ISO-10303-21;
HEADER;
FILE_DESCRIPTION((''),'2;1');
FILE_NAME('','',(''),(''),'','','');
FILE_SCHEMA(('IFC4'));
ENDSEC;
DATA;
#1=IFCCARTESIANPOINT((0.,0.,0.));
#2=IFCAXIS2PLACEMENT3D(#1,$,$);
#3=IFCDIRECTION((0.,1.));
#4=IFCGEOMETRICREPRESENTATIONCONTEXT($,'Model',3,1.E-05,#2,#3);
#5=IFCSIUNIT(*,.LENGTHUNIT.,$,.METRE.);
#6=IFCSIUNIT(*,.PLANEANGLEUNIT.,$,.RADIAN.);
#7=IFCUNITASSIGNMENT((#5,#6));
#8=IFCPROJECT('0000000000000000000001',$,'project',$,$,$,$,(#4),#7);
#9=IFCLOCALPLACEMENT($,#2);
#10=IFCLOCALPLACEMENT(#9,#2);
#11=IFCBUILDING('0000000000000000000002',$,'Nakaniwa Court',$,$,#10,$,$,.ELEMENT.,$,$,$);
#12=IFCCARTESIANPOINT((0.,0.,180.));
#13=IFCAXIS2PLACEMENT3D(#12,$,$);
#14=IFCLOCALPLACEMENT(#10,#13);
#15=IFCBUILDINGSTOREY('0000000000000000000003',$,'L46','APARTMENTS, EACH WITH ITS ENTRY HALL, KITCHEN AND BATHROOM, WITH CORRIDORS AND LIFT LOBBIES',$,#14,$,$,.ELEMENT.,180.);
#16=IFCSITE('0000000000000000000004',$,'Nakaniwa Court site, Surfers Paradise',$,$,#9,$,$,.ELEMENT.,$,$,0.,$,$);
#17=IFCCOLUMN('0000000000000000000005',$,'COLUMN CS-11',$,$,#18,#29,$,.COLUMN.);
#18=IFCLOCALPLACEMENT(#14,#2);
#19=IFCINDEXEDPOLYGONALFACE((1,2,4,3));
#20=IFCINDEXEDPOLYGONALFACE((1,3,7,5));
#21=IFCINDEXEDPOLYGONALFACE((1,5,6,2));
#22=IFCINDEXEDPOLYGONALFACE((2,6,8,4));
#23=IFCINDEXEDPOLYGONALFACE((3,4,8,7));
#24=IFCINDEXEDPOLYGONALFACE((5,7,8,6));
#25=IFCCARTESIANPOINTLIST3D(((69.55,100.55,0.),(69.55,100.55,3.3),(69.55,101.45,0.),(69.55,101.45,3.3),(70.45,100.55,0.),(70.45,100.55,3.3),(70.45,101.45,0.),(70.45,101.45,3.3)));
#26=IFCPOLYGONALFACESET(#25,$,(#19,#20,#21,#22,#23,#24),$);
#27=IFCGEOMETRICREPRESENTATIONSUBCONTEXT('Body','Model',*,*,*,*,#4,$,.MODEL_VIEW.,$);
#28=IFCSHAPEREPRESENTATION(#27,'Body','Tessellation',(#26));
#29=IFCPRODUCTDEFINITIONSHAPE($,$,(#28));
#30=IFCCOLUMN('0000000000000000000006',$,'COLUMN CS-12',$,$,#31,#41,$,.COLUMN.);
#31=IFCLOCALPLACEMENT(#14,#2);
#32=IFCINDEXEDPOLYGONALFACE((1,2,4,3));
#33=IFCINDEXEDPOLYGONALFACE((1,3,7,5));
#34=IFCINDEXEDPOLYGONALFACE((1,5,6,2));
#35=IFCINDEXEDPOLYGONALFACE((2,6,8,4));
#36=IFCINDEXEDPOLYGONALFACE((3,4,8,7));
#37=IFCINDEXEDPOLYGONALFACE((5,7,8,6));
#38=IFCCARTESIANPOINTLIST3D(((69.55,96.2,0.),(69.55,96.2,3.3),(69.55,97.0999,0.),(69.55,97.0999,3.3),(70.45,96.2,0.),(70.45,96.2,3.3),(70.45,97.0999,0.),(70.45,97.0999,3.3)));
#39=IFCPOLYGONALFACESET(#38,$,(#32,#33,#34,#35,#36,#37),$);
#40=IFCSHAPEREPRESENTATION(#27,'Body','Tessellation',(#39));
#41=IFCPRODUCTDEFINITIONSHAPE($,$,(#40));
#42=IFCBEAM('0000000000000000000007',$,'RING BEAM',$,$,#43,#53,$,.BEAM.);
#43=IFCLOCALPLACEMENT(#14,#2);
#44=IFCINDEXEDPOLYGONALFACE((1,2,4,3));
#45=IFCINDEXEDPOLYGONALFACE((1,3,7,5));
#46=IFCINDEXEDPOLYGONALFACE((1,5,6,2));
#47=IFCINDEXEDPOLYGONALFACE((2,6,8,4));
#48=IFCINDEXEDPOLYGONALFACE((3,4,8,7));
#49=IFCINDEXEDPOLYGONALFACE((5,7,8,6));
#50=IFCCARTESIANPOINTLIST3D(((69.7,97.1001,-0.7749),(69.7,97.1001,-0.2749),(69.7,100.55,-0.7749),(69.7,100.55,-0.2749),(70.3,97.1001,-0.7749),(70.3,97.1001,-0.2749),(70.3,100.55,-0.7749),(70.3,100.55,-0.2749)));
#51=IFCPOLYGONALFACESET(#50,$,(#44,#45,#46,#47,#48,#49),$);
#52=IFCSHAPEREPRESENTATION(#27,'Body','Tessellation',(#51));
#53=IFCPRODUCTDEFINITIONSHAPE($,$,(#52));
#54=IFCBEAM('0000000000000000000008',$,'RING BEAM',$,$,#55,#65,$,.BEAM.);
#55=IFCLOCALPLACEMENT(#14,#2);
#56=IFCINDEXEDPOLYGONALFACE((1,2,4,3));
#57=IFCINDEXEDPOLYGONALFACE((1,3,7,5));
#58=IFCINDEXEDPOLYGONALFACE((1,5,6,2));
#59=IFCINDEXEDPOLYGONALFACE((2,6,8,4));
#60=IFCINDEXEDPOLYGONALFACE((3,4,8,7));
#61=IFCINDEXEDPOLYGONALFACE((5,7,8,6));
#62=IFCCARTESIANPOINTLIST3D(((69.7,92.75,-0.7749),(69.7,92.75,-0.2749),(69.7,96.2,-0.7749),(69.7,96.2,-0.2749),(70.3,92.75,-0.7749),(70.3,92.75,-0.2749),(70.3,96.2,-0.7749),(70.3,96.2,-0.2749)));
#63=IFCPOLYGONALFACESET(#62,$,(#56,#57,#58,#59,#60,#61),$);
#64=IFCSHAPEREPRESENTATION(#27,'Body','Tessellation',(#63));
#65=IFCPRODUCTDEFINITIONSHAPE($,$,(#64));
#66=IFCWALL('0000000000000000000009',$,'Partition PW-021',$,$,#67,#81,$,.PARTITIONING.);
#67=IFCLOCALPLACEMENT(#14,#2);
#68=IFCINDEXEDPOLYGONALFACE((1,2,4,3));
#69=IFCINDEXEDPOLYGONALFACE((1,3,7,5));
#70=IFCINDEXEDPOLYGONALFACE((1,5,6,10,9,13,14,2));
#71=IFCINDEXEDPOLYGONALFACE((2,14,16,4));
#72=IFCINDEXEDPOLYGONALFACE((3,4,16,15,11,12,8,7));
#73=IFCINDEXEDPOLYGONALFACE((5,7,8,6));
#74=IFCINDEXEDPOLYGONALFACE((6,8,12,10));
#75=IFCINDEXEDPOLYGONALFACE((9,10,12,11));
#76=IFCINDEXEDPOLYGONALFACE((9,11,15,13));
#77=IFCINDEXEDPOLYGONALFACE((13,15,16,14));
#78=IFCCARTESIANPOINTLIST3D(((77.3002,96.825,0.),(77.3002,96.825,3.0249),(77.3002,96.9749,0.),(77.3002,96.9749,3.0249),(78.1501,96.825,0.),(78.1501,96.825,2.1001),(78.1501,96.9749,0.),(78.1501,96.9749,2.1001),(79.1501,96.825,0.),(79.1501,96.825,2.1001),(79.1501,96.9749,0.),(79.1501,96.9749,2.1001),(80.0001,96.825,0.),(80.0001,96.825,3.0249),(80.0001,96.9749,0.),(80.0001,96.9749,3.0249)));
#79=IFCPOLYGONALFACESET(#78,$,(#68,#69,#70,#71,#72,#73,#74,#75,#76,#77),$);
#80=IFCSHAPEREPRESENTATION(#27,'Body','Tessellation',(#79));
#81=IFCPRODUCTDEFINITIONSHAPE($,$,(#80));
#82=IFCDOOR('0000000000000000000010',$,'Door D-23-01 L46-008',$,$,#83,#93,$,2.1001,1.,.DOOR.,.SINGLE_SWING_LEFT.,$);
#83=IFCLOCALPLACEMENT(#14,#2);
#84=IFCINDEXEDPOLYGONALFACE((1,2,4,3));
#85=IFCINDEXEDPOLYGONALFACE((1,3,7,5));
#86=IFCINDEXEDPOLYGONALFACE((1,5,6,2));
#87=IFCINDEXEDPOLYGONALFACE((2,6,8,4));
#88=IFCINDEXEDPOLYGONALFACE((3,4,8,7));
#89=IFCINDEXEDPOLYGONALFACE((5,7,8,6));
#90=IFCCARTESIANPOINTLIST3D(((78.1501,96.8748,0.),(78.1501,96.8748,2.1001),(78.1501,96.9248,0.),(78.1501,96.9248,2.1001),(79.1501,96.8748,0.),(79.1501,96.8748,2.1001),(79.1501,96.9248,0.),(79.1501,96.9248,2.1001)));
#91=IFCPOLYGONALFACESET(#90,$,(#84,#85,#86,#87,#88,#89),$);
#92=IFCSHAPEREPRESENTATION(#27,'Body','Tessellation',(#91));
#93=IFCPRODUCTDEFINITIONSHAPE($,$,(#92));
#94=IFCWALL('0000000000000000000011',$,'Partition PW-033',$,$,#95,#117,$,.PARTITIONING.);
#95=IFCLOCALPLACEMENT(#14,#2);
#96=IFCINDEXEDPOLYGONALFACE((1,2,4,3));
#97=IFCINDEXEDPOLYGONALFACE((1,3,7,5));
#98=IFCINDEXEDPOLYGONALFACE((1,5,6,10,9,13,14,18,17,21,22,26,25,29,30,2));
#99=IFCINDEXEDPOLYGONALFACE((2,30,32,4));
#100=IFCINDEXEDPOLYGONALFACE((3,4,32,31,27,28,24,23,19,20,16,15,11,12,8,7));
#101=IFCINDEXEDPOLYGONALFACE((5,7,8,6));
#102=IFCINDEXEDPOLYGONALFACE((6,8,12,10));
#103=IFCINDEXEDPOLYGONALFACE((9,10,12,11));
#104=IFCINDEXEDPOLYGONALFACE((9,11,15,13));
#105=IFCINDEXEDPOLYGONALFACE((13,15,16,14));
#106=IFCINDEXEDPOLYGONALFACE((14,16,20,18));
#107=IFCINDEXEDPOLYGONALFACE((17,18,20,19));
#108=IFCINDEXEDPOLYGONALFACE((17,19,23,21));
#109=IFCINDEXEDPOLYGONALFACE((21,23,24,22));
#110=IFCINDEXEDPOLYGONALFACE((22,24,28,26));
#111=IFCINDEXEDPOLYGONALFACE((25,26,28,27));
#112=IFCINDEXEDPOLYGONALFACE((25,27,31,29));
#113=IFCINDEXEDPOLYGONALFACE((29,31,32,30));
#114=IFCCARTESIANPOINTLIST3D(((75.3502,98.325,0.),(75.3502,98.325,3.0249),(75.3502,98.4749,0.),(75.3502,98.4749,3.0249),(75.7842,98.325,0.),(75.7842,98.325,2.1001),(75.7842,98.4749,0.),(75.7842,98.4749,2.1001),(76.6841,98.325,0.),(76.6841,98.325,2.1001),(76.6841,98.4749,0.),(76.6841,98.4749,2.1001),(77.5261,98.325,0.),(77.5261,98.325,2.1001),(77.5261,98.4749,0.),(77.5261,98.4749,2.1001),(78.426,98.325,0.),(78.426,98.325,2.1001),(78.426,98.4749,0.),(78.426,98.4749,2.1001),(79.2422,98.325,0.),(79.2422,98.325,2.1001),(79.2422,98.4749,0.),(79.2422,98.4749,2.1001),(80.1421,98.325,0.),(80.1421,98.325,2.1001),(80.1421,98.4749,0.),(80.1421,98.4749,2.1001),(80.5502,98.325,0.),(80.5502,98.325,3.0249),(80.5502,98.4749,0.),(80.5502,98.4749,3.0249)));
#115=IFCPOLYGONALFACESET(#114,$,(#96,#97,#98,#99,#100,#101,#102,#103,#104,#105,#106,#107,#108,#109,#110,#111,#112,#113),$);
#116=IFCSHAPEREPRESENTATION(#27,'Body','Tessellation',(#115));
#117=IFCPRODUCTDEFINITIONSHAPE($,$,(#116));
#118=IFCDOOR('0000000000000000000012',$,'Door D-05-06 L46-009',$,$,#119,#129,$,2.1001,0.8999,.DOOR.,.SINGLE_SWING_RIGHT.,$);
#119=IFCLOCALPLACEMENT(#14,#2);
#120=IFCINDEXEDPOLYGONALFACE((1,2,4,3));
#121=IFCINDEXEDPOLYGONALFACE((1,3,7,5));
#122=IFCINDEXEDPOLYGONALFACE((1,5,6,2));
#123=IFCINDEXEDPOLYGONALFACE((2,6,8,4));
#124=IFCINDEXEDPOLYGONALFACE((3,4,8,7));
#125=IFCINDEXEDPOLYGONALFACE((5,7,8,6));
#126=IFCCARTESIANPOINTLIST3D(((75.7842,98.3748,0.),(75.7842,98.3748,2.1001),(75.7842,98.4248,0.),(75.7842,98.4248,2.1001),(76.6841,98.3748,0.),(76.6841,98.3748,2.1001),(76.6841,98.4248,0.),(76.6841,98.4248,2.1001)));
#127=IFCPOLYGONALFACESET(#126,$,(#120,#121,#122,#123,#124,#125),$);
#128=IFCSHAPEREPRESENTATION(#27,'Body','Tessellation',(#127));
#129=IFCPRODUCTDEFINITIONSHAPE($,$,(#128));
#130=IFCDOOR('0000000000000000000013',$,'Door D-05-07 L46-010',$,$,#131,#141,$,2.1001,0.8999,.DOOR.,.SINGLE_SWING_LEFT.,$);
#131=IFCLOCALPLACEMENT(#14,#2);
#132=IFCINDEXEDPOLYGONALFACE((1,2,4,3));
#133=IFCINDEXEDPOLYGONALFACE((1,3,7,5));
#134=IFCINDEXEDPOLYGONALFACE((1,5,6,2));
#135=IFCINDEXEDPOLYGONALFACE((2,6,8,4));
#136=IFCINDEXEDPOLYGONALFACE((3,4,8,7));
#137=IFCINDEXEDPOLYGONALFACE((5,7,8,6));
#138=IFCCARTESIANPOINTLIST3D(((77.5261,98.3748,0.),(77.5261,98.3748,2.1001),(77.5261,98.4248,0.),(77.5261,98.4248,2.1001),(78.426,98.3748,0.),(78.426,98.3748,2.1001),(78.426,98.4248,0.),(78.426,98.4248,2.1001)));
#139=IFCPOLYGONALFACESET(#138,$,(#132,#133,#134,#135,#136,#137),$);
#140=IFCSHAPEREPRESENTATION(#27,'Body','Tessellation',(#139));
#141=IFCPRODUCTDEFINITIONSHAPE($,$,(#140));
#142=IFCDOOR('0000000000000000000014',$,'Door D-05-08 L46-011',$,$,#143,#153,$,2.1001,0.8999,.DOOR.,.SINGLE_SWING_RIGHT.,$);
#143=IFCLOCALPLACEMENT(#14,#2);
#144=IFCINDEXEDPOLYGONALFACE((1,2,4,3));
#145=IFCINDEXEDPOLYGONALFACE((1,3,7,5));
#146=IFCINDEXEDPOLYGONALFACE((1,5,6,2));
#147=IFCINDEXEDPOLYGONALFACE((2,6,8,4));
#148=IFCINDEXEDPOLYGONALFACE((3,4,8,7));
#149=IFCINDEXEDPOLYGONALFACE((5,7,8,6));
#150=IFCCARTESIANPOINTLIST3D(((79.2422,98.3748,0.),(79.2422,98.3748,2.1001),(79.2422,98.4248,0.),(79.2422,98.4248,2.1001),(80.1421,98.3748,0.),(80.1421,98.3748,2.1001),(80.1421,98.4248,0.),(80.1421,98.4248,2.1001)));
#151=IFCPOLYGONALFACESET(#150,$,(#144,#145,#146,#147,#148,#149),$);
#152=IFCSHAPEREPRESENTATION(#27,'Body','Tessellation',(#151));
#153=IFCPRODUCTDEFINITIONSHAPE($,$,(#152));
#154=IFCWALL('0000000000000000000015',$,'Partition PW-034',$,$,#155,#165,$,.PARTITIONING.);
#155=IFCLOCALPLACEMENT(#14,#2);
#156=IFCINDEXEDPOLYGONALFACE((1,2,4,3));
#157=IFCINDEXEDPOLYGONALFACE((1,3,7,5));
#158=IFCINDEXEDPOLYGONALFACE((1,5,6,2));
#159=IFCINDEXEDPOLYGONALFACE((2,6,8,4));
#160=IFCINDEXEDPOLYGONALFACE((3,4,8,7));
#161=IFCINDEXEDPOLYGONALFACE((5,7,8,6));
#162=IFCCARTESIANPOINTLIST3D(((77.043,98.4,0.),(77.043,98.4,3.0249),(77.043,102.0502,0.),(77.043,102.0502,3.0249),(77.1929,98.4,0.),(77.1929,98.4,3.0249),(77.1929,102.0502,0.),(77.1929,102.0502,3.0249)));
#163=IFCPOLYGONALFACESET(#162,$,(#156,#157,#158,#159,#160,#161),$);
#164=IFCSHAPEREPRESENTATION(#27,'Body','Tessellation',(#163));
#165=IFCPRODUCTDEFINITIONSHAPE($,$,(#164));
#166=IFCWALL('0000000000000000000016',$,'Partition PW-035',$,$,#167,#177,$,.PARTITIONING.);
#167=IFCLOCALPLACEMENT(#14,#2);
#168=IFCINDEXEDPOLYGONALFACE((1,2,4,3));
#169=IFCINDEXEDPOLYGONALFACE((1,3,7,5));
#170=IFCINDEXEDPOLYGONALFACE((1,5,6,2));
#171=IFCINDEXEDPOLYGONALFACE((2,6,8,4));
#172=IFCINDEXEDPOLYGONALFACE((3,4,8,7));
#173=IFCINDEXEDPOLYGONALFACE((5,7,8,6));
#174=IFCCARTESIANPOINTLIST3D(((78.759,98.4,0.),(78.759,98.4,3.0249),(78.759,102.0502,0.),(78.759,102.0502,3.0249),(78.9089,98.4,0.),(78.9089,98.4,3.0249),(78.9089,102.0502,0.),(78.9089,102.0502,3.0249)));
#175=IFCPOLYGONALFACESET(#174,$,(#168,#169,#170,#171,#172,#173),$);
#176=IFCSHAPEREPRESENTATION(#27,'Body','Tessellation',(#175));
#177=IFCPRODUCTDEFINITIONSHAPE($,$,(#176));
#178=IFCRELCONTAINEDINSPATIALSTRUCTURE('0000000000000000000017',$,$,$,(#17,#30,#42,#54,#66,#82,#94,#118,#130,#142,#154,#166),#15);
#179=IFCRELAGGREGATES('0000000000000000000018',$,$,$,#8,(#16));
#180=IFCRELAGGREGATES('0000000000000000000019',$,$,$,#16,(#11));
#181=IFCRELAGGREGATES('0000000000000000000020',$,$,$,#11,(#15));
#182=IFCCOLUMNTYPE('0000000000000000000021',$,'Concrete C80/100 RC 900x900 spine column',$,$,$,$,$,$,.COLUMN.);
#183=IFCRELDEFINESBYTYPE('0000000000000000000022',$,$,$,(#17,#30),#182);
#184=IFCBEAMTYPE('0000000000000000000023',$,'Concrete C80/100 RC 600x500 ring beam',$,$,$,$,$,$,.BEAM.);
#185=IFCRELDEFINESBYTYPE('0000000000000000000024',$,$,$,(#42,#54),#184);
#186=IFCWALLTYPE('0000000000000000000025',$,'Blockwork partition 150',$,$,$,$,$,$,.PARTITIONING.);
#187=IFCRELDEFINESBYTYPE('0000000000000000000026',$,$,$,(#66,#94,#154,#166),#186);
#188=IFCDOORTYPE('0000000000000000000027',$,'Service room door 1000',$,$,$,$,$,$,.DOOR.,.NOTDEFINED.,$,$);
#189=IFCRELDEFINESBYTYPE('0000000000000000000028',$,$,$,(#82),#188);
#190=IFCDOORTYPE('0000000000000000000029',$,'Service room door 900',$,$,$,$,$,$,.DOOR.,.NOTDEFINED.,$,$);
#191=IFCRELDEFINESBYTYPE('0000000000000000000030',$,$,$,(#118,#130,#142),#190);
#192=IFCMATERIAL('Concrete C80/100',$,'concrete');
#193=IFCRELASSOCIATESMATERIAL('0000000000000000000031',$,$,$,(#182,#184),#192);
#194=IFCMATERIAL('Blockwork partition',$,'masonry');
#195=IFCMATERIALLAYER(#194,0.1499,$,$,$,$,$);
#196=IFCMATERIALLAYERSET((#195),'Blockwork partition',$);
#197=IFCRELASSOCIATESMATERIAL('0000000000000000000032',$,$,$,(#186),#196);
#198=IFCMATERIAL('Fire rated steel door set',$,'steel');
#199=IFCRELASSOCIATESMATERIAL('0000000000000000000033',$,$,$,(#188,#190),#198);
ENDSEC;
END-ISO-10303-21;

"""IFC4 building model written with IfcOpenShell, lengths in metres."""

from ifc_helpers import new_model, si_unit, direction, frame, frame_2d, origin, origin_2d, place, context, subcontext, project, spatial, rectangle, extrude, material, layer, layer_set, material_profile, profile_set, type_object, element, fill, save


model = new_model("IFC4")

# Units and contexts
model_context = context("Model", 3, precision=1e-05, world=origin(), true_north=direction((0.0, 1.0)))
body_context = subcontext(model_context, "Body", "Model", "MODEL_VIEW")
ifc_project = project(units=[si_unit("LENGTHUNIT", "METRE"), si_unit("PLANEANGLEUNIT", "RADIAN")], contexts=[model_context])

# Site, building, storey
site_placement = place(None, origin())
site = spatial("IfcSite", under=ifc_project, at=site_placement, Name="Nakaniwa Court site, Surfers Paradise", CompositionType="ELEMENT", RefElevation=0.0)
building_placement = place(site_placement, origin())
building = spatial("IfcBuilding", under=site, at=building_placement, Name="Nakaniwa Court", CompositionType="ELEMENT")
storey_placement = place(building_placement, frame((0.0, 0.0, 180.0)))
storey = spatial("IfcBuildingStorey", under=building, at=storey_placement, Name="L46", Description="APARTMENTS, EACH WITH ITS ENTRY HALL, KITCHEN AND BATHROOM, WITH CORRIDORS AND LIFT LOBBIES", CompositionType="ELEMENT", Elevation=180.0)

# Columns
ifc_material_1 = material(Name="Concrete C80/100", Category="concrete")
ifc_material_profile_1 = material_profile(ifc_material_1, rectangle(XDim=0.8999, YDim=0.8999, at=origin_2d()), Name="Concrete C80/100 RC 900x900 spine column")
ifc_profile_set_1 = profile_set([ifc_material_profile_1], Name="Concrete C80/100")
column_type = type_object("IfcColumnType", Name="Concrete C80/100 RC 900x900 spine column", PredefinedType="COLUMN", material=ifc_profile_set_1)
for number, where, z_axis, x_axis, name in (
    (1, (70.0, 101.0, 0.0), (0.0, 0.0, 1.0), (0.0, -1.0, 0.0), "COLUMN CS-11"),
    (2, (70.0, 96.6499, 0.0), (0.0, 0.0, 1.0), (0.0, -1.0, 0.0), "COLUMN CS-12"),
):
    element("IfcColumn", number, at=place(storey_placement, frame(where, z_axis=z_axis, x_axis=x_axis)), inside=storey, type_object=column_type, Name=name, PredefinedType="COLUMN", context=body_context, shape_type="SweptSolid", body=[
        extrude(rectangle(XDim=0.8999, YDim=0.8999, at=origin_2d()), origin(), (0.0, 0.0, 1.0), 3.3),
    ])

# Beams
ifc_material_profile_2 = material_profile(ifc_material_1, rectangle(XDim=0.6001, YDim=0.5, at=origin_2d()), Name="Concrete C80/100 RC 600x500 ring beam")
ifc_profile_set_2 = profile_set([ifc_material_profile_2], Name="Concrete C80/100")
beam_type = type_object("IfcBeamType", Name="Concrete C80/100 RC 600x500 ring beam", PredefinedType="BEAM", material=ifc_profile_set_2)
for number, where, z_axis, x_axis, name in (
    (3, (70.0, 100.55, -0.5249), (0.0, -1.0, 0.0), (1.0, 0.0, 0.0), "RING BEAM"),
    (4, (70.0, 96.2, -0.5249), (0.0, -1.0, 0.0), (1.0, 0.0, 0.0), "RING BEAM"),
):
    element("IfcBeam", number, at=place(storey_placement, frame(where, z_axis=z_axis, x_axis=x_axis)), inside=storey, type_object=beam_type, Name=name, PredefinedType="BEAM", context=body_context, shape_type="SweptSolid", body=[
        extrude(rectangle(XDim=0.6001, YDim=0.5, at=origin_2d()), origin(), (0.0, 0.0, 1.0), 3.45),
    ])

# Wall, opening, door
ifc_material_2 = material(Name="Blockwork partition", Category="masonry")
ifc_layer_1 = layer(ifc_material_2, 0.1499)
ifc_layer_set_1 = layer_set([ifc_layer_1], Name="Blockwork partition")
wall_type_1 = type_object("IfcWallType", Name="Blockwork partition 150", PredefinedType="PARTITIONING", material=ifc_layer_set_1)
wall_1_placement = place(storey_placement, frame((77.3, 96.8999, 0.0), z_axis=(0.0, 0.0, 1.0), x_axis=(1.0, 0.0, 0.0)))
wall_1 = element("IfcWall", 5, at=wall_1_placement, inside=storey, type_object=wall_type_1, Name="Partition PW-021", PredefinedType="PARTITIONING", context=body_context, shape_type="SweptSolid", body=[
    extrude(rectangle(XDim=2.7, YDim=0.1499, at=frame_2d((1.3501, 0.0))), origin(), (0.0, 0.0, 1.0), 3.0249),
])
opening_1_placement = place(wall_1_placement, frame((0.8501, 0.0, 0.0)))
opening_1 = element("IfcOpeningElement", 6, at=opening_1_placement, cuts=wall_1, PredefinedType="OPENING", context=body_context, shape_type="SweptSolid", body=[
    extrude(rectangle(XDim=1.0, YDim=2.1001, at=frame_2d((0.5, 1.05))), frame((0.0, 0.085, 0.0), z_axis=(0.0, -1.0, 0.0), x_axis=(1.0, 0.0, 0.0)), (0.0, 0.0, 1.0), 0.1699),
])
ifc_material_3 = material(Name="Fire rated steel door set", Category="steel")
door_type_1 = type_object("IfcDoorType", Name="Service room door 1000", OperationType="NOTDEFINED", PredefinedType="DOOR", material=ifc_material_3)
door_1_placement = place(opening_1_placement, origin())
door_1 = element("IfcDoor", 7, at=door_1_placement, inside=storey, type_object=door_type_1, Name="Door D-23-01 L46-008", OperationType="SINGLE_SWING_LEFT", OverallHeight=2.1001, OverallWidth=1.0, PredefinedType="DOOR", context=body_context, shape_type="SweptSolid", body=[
    extrude(rectangle(XDim=1.0, YDim=2.1001, at=frame_2d((0.5, 1.05))), frame((0.0, 0.0249, 0.0), z_axis=(0.0, -1.0, 0.0), x_axis=(1.0, 0.0, 0.0)), (0.0, 0.0, 1.0), 0.05),
])
fill(opening_1, door_1)

# Wall, openings, doors
wall_2_placement = place(storey_placement, frame((75.3501, 98.3999, 0.0), z_axis=(0.0, 0.0, 1.0), x_axis=(1.0, 0.0, 0.0)))
wall_2 = element("IfcWall", 8, at=wall_2_placement, inside=storey, type_object=wall_type_1, Name="Partition PW-033", PredefinedType="PARTITIONING", context=body_context, shape_type="SweptSolid", body=[
    extrude(rectangle(XDim=5.2, YDim=0.1499, at=frame_2d((2.6001, 0.0))), origin(), (0.0, 0.0, 1.0), 3.0249),
])
opening_2_placement = place(wall_2_placement, frame((0.4341, 0.0, 0.0)))
opening_2 = element("IfcOpeningElement", 9, at=opening_2_placement, cuts=wall_2, PredefinedType="OPENING", context=body_context, shape_type="SweptSolid", body=[
    extrude(rectangle(XDim=0.8999, YDim=2.1001, at=frame_2d((0.45, 1.05))), frame((0.0, 0.085, 0.0), z_axis=(0.0, -1.0, 0.0), x_axis=(1.0, 0.0, 0.0)), (0.0, 0.0, 1.0), 0.1699),
])
opening_3_placement = place(wall_2_placement, frame((2.176, 0.0, 0.0)))
opening_3 = element("IfcOpeningElement", 10, at=opening_3_placement, cuts=wall_2, PredefinedType="OPENING", context=body_context, shape_type="SweptSolid", body=[
    extrude(rectangle(XDim=0.8999, YDim=2.1001, at=frame_2d((0.45, 1.05))), frame((0.0, 0.085, 0.0), z_axis=(0.0, -1.0, 0.0), x_axis=(1.0, 0.0, 0.0)), (0.0, 0.0, 1.0), 0.1699),
])
opening_4_placement = place(wall_2_placement, frame((3.8921, 0.0, 0.0)))
opening_4 = element("IfcOpeningElement", 11, at=opening_4_placement, cuts=wall_2, PredefinedType="OPENING", context=body_context, shape_type="SweptSolid", body=[
    extrude(rectangle(XDim=0.8999, YDim=2.1001, at=frame_2d((0.45, 1.05))), frame((0.0, 0.085, 0.0), z_axis=(0.0, -1.0, 0.0), x_axis=(1.0, 0.0, 0.0)), (0.0, 0.0, 1.0), 0.1699),
])
door_type_2 = type_object("IfcDoorType", Name="Service room door 900", OperationType="NOTDEFINED", PredefinedType="DOOR", material=ifc_material_3)
door_2_placement = place(opening_2_placement, origin())
door_2 = element("IfcDoor", 12, at=door_2_placement, inside=storey, type_object=door_type_2, Name="Door D-05-06 L46-009", OperationType="SINGLE_SWING_RIGHT", OverallHeight=2.1001, OverallWidth=0.8999, PredefinedType="DOOR", context=body_context, shape_type="SweptSolid", body=[
    extrude(rectangle(XDim=0.8999, YDim=2.1001, at=frame_2d((0.45, 1.05))), frame((0.0, 0.0249, 0.0), z_axis=(0.0, -1.0, 0.0), x_axis=(1.0, 0.0, 0.0)), (0.0, 0.0, 1.0), 0.05),
])
fill(opening_2, door_2)
door_3_placement = place(opening_3_placement, origin())
door_3 = element("IfcDoor", 13, at=door_3_placement, inside=storey, type_object=door_type_2, Name="Door D-05-07 L46-010", OperationType="SINGLE_SWING_LEFT", OverallHeight=2.1001, OverallWidth=0.8999, PredefinedType="DOOR", context=body_context, shape_type="SweptSolid", body=[
    extrude(rectangle(XDim=0.8999, YDim=2.1001, at=frame_2d((0.45, 1.05))), frame((0.0, 0.0249, 0.0), z_axis=(0.0, -1.0, 0.0), x_axis=(1.0, 0.0, 0.0)), (0.0, 0.0, 1.0), 0.05),
])
fill(opening_3, door_3)
door_4_placement = place(opening_4_placement, origin())
door_4 = element("IfcDoor", 14, at=door_4_placement, inside=storey, type_object=door_type_2, Name="Door D-05-08 L46-011", OperationType="SINGLE_SWING_RIGHT", OverallHeight=2.1001, OverallWidth=0.8999, PredefinedType="DOOR", context=body_context, shape_type="SweptSolid", body=[
    extrude(rectangle(XDim=0.8999, YDim=2.1001, at=frame_2d((0.45, 1.05))), frame((0.0, 0.0249, 0.0), z_axis=(0.0, -1.0, 0.0), x_axis=(1.0, 0.0, 0.0)), (0.0, 0.0, 1.0), 0.05),
])
fill(opening_4, door_4)

# Walls
for number, where, z_axis, x_axis, name in (
    (15, (77.1179, 98.3999, 0.0), (0.0, 0.0, 1.0), (0.0, 1.0, 0.0), "Partition PW-034"),
    (16, (78.834, 98.3999, 0.0), (0.0, 0.0, 1.0), (0.0, 1.0, 0.0), "Partition PW-035"),
):
    element("IfcWall", number, at=place(storey_placement, frame(where, z_axis=z_axis, x_axis=x_axis)), inside=storey, type_object=wall_type_1, Name=name, PredefinedType="PARTITIONING", context=body_context, shape_type="SweptSolid", body=[
        extrude(rectangle(XDim=3.6501, YDim=0.1499, at=frame_2d((1.8252, 0.0))), origin(), (0.0, 0.0, 1.0), 3.0249),
    ])

save(model, "model.ifc")
